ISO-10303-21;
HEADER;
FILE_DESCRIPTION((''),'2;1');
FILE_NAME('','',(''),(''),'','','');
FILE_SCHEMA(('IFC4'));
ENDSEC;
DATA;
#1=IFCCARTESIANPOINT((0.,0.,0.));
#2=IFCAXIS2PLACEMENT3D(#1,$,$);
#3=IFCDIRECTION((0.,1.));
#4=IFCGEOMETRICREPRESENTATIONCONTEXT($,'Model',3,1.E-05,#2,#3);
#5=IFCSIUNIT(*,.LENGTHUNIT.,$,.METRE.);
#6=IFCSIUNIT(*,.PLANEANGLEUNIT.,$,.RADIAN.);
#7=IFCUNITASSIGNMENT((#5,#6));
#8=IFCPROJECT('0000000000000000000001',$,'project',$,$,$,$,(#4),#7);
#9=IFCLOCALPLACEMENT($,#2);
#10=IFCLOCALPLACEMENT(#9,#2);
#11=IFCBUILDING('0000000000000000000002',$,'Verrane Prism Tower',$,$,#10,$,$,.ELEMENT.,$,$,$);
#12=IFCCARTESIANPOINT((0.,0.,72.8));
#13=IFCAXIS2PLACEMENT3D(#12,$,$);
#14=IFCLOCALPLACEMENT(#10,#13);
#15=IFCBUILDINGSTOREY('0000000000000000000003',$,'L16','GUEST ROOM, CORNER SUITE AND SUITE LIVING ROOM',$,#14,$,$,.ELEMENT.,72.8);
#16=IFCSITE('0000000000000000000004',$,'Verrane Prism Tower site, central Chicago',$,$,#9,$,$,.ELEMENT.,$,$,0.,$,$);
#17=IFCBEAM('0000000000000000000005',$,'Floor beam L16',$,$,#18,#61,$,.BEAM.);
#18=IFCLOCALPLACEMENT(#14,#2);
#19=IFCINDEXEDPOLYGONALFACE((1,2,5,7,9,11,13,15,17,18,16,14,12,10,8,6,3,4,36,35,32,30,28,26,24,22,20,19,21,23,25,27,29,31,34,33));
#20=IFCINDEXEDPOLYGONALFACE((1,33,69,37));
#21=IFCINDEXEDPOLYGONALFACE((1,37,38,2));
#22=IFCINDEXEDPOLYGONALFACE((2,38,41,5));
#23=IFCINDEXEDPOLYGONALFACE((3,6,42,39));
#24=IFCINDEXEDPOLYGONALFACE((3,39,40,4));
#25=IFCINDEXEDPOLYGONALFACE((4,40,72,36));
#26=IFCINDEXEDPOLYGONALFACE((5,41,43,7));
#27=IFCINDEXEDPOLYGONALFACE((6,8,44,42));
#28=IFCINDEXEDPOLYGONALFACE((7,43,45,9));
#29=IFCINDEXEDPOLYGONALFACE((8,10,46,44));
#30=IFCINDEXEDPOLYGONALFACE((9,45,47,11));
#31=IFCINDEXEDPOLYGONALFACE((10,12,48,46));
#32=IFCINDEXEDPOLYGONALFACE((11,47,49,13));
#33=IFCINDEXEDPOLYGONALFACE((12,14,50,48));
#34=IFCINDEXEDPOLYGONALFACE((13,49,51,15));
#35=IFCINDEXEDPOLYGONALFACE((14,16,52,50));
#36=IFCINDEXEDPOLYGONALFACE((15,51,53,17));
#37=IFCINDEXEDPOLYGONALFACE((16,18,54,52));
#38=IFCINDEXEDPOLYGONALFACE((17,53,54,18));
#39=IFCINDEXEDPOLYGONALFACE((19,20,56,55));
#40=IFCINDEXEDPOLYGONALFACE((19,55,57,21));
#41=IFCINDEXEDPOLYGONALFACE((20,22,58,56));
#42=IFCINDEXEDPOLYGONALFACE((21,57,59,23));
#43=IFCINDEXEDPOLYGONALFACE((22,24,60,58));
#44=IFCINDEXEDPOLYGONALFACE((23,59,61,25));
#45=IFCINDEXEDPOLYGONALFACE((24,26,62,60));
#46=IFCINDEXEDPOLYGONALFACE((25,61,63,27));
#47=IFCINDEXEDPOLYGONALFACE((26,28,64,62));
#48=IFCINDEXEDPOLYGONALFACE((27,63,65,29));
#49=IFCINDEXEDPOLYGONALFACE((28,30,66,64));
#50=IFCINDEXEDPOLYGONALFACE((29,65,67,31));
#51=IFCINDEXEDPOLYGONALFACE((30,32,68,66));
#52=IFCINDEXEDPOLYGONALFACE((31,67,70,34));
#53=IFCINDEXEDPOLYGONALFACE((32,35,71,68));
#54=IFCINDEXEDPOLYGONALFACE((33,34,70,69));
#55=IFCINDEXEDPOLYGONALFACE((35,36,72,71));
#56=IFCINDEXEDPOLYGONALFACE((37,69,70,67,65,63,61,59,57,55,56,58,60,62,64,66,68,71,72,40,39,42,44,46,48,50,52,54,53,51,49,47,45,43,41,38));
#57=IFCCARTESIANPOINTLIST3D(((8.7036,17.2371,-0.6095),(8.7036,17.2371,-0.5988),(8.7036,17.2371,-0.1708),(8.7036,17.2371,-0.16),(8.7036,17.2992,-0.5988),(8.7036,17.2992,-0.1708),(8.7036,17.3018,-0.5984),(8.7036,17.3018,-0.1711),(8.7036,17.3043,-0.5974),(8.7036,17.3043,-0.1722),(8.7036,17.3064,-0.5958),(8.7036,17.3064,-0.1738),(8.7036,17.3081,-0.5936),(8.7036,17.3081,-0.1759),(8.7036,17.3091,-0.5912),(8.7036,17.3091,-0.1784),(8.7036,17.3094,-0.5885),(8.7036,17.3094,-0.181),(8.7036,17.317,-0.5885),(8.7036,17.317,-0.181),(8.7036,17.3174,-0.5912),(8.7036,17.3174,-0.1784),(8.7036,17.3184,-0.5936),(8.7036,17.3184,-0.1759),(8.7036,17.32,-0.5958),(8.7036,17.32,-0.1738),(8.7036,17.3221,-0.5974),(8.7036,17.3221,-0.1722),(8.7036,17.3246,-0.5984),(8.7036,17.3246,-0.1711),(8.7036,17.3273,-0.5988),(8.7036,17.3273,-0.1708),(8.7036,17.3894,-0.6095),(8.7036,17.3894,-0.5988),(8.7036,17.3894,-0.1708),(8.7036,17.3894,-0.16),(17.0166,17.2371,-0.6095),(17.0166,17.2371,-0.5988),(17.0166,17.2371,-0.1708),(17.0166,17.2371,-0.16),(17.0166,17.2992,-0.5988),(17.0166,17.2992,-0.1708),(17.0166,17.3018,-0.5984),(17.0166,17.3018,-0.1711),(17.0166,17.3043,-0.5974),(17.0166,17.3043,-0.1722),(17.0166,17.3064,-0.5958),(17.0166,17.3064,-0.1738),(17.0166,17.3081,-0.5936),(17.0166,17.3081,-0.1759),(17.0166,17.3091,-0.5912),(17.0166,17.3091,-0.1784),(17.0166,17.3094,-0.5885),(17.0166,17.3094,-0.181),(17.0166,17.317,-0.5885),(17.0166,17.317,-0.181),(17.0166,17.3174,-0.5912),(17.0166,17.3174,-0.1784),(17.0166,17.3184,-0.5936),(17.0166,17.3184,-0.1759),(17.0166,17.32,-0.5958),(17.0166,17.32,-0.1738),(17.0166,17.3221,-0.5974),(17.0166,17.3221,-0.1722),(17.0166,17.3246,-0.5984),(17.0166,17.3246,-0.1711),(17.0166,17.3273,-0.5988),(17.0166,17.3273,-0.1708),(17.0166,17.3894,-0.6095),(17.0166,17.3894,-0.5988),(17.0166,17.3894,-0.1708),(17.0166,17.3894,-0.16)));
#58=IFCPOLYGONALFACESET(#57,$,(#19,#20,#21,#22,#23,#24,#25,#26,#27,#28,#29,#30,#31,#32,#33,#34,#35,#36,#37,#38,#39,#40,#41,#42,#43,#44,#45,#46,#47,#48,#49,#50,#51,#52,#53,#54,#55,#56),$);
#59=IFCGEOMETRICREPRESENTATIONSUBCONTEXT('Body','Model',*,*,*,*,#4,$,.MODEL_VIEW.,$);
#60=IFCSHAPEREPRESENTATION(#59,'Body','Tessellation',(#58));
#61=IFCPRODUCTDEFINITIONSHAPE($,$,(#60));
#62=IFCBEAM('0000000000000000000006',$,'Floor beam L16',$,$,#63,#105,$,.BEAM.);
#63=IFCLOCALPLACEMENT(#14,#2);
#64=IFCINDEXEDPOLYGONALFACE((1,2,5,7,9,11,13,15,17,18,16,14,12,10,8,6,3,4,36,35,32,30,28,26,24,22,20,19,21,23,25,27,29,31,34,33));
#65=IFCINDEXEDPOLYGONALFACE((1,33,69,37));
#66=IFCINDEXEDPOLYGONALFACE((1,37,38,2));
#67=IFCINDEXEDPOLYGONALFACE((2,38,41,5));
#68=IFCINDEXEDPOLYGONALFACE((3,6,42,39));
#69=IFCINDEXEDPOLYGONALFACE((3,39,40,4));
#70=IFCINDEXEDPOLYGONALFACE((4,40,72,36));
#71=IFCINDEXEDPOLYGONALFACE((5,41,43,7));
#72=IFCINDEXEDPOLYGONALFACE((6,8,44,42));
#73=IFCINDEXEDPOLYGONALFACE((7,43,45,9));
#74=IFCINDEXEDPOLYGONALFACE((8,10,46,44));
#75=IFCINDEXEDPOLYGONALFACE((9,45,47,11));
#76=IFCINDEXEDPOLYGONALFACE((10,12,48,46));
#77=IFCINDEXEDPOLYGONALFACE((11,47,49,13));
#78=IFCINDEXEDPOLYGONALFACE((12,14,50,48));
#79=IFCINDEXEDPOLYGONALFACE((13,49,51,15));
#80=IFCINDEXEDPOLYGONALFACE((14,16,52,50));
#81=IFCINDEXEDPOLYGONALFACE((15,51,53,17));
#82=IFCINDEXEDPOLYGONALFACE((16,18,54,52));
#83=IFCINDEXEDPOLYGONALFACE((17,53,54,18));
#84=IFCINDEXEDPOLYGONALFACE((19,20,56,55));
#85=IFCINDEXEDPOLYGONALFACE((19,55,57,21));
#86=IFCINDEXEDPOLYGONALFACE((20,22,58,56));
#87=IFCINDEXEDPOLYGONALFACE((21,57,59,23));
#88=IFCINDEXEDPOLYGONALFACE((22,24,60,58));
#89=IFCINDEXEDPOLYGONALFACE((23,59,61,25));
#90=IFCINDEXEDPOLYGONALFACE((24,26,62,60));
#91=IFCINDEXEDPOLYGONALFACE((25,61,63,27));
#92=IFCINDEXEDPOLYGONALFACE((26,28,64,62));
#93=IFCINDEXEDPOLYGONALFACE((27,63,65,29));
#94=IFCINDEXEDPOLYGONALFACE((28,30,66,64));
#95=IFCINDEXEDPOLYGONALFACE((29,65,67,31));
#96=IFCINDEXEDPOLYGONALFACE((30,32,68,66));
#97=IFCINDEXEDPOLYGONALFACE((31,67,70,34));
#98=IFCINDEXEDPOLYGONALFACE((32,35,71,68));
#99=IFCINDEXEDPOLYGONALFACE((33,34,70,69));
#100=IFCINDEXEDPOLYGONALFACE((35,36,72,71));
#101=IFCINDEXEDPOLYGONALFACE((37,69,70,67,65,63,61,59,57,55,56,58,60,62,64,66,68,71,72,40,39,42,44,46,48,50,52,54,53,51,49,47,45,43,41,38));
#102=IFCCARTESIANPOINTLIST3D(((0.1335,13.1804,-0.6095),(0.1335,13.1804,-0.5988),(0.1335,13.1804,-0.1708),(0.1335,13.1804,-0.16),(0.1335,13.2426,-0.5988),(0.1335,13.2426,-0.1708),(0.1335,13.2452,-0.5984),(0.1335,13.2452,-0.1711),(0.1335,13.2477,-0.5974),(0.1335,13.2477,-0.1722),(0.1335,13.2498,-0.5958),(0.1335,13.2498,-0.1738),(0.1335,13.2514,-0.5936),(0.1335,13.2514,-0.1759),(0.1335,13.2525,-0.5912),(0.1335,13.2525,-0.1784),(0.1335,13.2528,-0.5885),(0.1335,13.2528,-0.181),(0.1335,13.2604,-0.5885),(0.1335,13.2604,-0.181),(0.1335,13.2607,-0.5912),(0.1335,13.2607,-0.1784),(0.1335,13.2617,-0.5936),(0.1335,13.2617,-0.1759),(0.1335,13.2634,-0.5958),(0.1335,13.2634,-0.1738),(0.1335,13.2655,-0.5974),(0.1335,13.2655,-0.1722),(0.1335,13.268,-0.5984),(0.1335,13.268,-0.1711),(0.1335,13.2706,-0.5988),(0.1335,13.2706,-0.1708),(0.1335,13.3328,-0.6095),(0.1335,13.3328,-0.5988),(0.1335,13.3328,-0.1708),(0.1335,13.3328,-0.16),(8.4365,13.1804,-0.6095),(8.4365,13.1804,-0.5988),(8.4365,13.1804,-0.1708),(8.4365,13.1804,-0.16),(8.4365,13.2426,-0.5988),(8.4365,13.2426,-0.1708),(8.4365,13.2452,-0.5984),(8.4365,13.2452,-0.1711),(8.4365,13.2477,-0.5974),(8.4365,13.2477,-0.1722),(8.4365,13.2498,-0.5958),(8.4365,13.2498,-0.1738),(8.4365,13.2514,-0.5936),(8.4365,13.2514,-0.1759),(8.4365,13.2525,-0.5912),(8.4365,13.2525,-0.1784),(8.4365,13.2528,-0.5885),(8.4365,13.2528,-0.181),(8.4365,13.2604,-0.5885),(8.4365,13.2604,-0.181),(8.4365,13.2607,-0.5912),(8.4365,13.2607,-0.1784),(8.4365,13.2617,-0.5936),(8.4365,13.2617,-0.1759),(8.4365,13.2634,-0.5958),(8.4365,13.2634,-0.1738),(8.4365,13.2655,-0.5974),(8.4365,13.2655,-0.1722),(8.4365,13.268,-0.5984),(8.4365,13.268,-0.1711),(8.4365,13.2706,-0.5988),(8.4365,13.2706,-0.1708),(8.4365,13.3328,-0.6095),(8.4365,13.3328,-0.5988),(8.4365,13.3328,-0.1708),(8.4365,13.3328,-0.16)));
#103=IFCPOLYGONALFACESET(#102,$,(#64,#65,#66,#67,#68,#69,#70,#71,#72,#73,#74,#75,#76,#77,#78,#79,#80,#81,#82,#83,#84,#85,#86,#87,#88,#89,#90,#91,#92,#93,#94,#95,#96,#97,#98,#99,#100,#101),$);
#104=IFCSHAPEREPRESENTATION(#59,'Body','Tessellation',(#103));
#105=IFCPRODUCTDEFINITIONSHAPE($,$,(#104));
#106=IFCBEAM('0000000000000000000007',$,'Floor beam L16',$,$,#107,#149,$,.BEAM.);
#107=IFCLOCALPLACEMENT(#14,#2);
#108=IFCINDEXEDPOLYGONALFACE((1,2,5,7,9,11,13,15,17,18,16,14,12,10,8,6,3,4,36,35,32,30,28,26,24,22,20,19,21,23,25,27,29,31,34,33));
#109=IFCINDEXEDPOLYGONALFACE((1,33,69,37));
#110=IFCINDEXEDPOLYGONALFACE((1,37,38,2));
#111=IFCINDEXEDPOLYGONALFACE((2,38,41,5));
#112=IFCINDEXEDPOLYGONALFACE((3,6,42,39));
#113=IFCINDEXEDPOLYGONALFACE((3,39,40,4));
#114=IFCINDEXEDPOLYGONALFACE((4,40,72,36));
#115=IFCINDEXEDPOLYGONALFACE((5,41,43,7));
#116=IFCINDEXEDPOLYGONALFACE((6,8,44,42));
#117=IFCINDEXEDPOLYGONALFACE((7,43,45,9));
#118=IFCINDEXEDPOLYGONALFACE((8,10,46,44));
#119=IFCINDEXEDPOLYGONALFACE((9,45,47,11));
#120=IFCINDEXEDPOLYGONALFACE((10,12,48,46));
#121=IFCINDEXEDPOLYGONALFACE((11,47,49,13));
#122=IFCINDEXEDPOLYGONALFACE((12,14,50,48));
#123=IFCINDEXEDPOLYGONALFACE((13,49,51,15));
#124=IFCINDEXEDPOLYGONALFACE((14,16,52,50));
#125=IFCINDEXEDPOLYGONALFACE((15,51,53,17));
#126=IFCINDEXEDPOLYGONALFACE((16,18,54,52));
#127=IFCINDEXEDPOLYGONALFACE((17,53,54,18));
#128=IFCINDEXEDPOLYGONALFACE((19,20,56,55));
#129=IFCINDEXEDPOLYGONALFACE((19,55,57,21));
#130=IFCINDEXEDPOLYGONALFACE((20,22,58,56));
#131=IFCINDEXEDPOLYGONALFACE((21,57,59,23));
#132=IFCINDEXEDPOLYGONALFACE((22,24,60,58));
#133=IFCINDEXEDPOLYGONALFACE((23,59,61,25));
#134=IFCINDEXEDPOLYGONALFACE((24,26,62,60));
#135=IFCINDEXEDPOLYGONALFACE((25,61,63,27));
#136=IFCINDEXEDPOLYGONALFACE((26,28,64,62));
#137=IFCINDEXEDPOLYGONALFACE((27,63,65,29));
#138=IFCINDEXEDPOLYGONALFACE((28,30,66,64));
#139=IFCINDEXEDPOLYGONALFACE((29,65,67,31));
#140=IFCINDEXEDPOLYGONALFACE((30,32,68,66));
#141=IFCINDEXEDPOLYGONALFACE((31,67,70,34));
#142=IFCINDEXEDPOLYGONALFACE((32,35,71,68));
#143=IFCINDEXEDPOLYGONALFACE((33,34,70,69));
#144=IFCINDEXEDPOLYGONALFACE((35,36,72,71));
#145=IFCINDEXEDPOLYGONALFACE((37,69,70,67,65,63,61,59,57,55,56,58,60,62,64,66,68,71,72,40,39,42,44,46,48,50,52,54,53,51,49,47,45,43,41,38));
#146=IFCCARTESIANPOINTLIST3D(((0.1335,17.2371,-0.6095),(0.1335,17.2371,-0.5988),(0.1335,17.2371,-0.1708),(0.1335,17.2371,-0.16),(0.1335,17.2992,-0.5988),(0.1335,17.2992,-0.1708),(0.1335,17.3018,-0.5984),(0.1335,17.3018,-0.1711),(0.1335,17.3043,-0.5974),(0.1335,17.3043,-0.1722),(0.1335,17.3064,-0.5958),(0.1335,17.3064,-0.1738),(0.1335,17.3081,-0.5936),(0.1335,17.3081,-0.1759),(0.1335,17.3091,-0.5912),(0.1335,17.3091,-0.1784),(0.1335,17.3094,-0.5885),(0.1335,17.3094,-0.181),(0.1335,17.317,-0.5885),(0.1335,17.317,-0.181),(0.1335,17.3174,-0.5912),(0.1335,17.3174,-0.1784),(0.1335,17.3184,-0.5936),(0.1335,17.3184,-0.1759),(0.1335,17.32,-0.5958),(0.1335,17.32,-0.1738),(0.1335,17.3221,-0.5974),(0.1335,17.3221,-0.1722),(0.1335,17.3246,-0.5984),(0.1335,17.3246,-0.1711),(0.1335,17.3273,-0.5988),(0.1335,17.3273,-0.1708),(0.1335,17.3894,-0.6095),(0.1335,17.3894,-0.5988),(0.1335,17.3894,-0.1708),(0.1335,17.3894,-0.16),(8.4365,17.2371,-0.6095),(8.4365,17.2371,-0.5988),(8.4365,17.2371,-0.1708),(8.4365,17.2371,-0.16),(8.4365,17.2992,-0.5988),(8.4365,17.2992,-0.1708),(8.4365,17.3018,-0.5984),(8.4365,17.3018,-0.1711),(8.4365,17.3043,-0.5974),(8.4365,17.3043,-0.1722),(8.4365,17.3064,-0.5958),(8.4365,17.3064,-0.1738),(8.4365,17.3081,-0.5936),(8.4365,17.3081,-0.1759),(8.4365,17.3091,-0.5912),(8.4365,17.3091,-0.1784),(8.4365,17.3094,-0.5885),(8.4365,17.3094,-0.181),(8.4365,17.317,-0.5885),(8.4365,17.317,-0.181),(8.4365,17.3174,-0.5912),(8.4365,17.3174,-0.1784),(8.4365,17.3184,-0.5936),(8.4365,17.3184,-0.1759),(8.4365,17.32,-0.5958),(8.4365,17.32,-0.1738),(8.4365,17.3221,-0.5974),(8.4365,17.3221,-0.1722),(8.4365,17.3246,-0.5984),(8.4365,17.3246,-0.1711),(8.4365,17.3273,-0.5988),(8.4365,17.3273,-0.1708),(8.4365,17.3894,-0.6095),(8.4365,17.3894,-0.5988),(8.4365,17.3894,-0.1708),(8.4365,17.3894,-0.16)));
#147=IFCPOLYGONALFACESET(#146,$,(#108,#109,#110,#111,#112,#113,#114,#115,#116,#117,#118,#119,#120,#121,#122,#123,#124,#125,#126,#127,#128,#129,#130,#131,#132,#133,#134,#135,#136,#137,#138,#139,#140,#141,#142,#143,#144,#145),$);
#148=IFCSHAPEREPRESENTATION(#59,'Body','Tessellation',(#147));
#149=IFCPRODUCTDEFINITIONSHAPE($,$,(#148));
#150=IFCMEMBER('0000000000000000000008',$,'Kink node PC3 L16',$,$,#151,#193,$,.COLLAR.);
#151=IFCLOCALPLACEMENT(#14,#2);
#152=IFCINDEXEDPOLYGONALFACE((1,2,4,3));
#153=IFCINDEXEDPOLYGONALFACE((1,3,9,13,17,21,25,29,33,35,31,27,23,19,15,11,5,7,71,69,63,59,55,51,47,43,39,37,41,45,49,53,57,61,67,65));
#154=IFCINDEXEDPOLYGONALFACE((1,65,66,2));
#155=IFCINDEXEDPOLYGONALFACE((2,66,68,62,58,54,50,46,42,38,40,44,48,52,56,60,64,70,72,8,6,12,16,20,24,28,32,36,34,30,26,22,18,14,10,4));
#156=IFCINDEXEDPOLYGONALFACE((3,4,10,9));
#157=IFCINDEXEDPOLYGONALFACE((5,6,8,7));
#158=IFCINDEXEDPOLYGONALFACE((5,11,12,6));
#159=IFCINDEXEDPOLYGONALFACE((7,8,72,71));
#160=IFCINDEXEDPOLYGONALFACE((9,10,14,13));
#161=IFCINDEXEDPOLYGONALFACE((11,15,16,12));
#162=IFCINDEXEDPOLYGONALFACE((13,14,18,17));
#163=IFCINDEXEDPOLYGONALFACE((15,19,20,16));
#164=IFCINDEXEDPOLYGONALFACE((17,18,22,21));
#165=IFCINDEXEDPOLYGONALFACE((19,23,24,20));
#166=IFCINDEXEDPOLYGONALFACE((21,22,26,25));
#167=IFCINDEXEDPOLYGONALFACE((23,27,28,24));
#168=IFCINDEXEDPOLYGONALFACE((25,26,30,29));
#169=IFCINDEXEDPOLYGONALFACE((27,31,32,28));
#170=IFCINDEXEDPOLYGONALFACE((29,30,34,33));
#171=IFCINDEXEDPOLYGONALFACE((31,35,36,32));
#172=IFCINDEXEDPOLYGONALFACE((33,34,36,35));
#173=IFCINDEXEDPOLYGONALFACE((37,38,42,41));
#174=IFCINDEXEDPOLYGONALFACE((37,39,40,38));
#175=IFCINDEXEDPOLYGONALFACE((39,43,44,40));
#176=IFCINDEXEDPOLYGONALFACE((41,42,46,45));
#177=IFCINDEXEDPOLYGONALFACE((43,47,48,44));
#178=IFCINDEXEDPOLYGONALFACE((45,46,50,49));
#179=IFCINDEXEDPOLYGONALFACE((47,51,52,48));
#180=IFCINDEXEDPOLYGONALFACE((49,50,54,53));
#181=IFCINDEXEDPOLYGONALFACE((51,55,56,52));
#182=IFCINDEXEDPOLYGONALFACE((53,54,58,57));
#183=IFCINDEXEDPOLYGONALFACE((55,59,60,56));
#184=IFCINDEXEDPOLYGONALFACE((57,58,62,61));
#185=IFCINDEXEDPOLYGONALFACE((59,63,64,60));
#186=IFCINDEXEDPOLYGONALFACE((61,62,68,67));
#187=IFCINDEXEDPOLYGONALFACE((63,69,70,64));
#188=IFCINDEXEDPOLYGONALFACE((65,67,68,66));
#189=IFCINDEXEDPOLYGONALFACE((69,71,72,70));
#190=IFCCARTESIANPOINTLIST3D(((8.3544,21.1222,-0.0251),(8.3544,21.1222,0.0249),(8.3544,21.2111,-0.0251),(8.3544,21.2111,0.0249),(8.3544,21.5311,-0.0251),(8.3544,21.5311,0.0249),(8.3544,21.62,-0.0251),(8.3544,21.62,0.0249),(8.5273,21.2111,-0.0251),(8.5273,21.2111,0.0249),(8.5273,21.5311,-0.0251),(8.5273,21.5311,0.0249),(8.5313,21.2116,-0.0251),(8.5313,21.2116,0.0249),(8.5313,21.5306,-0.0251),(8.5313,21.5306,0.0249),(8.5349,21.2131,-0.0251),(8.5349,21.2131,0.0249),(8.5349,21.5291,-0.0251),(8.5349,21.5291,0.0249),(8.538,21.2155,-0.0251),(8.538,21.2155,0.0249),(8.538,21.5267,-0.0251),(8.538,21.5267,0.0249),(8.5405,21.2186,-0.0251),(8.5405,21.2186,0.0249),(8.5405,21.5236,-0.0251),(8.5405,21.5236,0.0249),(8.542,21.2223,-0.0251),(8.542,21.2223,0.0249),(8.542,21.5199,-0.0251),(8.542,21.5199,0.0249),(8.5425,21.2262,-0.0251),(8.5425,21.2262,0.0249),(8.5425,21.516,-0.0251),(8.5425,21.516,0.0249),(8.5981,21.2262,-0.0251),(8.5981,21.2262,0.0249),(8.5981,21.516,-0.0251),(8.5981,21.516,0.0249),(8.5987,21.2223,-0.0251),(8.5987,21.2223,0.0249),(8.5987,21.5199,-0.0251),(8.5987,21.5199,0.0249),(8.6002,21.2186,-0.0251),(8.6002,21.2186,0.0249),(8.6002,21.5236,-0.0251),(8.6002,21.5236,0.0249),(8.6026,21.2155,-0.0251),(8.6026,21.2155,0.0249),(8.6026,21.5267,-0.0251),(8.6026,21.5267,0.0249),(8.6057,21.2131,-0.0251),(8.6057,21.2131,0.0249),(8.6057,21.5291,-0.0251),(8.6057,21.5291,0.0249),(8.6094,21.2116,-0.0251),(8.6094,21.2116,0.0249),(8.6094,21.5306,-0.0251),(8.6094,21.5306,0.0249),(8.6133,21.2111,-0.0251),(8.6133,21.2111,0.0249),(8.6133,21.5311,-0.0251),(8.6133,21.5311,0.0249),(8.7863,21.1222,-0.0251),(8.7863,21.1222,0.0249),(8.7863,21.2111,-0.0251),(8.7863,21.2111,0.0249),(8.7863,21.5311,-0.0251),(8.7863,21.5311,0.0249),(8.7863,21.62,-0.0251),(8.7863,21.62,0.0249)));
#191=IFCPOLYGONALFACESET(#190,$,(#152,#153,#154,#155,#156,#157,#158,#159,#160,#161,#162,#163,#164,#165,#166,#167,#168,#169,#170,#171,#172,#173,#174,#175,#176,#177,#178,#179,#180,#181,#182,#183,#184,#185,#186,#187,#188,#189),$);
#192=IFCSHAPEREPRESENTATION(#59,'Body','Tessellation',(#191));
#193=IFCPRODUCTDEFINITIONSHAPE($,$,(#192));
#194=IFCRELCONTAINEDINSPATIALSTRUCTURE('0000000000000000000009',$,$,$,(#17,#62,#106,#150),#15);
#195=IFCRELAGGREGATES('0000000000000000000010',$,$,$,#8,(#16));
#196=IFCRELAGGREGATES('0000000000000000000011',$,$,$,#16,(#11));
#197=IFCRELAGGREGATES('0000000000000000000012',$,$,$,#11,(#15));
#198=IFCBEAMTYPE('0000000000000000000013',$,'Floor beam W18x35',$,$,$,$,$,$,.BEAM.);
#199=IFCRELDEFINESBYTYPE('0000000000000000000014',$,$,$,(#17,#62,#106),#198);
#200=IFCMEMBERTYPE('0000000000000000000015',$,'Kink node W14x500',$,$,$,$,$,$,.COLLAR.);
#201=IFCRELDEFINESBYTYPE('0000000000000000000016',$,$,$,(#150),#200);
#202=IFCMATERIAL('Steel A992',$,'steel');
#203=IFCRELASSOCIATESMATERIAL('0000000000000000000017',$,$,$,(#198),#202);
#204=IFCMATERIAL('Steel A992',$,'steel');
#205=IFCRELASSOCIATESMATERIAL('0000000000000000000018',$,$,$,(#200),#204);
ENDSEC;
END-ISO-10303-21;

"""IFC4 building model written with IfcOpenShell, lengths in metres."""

from ifc_helpers import new_model, si_unit, direction, frame, origin, origin_2d, place, context, subcontext, project, spatial, i_section, extrude, material, material_profile, profile_set, type_object, element, save


model = new_model("IFC4")

# Units and contexts
model_context = context("Model", 3, precision=1e-05, world=origin(), true_north=direction((0.0, 1.0)))
body_context = subcontext(model_context, "Body", "Model", "MODEL_VIEW")
ifc_project = project(units=[si_unit("LENGTHUNIT", "METRE"), si_unit("PLANEANGLEUNIT", "RADIAN")], contexts=[model_context])

# Site, building, storey
site_placement = place(None, origin())
site = spatial("IfcSite", under=ifc_project, at=site_placement, Name="Verrane Prism Tower site, central Chicago", CompositionType="ELEMENT", RefElevation=0.0)
building_placement = place(site_placement, origin())
building = spatial("IfcBuilding", under=site, at=building_placement, Name="Verrane Prism Tower", CompositionType="ELEMENT")
storey_placement = place(building_placement, frame((0.0, 0.0, 72.8)))
storey = spatial("IfcBuildingStorey", under=building, at=storey_placement, Name="L16", Description="GUEST ROOM, CORNER SUITE AND SUITE LIVING ROOM", CompositionType="ELEMENT", Elevation=72.8)

# Beams
ifc_material_1 = material(Name="Steel A992", Category="steel")
ifc_material_profile_1 = material_profile(ifc_material_1, i_section(OverallWidth=0.1523, OverallDepth=0.4495, WebThickness=0.0076, FlangeThickness=0.0107, FilletRadius=0.0103, at=origin_2d()), Name="W18x35")
ifc_profile_set_1 = profile_set([ifc_material_profile_1], Name="Steel A992")
beam_type_1 = type_object("IfcBeamType", Name="Floor beam W18x35", PredefinedType="BEAM", material=ifc_profile_set_1)
for number, where, z_axis, x_axis, name in (
    (1, (8.7036, 17.3132, -0.3848), (1.0, 0.0, 0.0), (0.0, 1.0, 0.0), "Floor beam L16"),
):
    element("IfcBeam", number, at=place(storey_placement, frame(where, z_axis=z_axis, x_axis=x_axis)), inside=storey, type_object=beam_type_1, Name=name, PredefinedType="BEAM", context=body_context, shape_type="SweptSolid", body=[
        extrude(i_section(OverallWidth=0.1523, OverallDepth=0.4495, WebThickness=0.0076, FlangeThickness=0.0107, FilletRadius=0.0103, at=origin_2d()), origin(), (0.0, 0.0, 1.0), 8.313),
    ])
for number, where, z_axis, x_axis, name in (
    (2, (0.1335, 13.2566, -0.3848), (1.0, 0.0, 0.0), (0.0, 1.0, 0.0), "Floor beam L16"),
    (3, (0.1335, 17.3132, -0.3848), (1.0, 0.0, 0.0), (0.0, 1.0, 0.0), "Floor beam L16"),
):
    element("IfcBeam", number, at=place(storey_placement, frame(where, z_axis=z_axis, x_axis=x_axis)), inside=storey, type_object=beam_type_1, Name=name, PredefinedType="BEAM", context=body_context, shape_type="SweptSolid", body=[
        extrude(i_section(OverallWidth=0.1523, OverallDepth=0.4495, WebThickness=0.0076, FlangeThickness=0.0107, FilletRadius=0.0103, at=origin_2d()), origin(), (0.0, 0.0, 1.0), 8.303),
    ])

# Member
ifc_material_2 = material(Name="Steel A992", Category="steel")
ifc_material_profile_2 = material_profile(ifc_material_2, i_section(OverallWidth=0.4319, OverallDepth=0.4978, WebThickness=0.0557, FlangeThickness=0.0889, FilletRadius=0.0151, at=origin_2d()), Name="W14x500")
ifc_profile_set_2 = profile_set([ifc_material_profile_2], Name="Steel A992")
member_type_1 = type_object("IfcMemberType", Name="Kink node W14x500", PredefinedType="COLLAR", material=ifc_profile_set_2)
member_1_placement = place(storey_placement, frame((8.5703, 21.3711, -0.0251), z_axis=(0.0, 0.0, 1.0), x_axis=(1.0, 0.0, 0.0)))
element("IfcMember", 4, at=member_1_placement, inside=storey, type_object=member_type_1, Name="Kink node PC3 L16", PredefinedType="COLLAR", context=body_context, shape_type="SweptSolid", body=[
    extrude(i_section(OverallWidth=0.4319, OverallDepth=0.4978, WebThickness=0.0557, FlangeThickness=0.0889, FilletRadius=0.0151, at=origin_2d()), origin(), (0.0, 0.0, 1.0), 0.05),
])

save(model, "model.ifc")
